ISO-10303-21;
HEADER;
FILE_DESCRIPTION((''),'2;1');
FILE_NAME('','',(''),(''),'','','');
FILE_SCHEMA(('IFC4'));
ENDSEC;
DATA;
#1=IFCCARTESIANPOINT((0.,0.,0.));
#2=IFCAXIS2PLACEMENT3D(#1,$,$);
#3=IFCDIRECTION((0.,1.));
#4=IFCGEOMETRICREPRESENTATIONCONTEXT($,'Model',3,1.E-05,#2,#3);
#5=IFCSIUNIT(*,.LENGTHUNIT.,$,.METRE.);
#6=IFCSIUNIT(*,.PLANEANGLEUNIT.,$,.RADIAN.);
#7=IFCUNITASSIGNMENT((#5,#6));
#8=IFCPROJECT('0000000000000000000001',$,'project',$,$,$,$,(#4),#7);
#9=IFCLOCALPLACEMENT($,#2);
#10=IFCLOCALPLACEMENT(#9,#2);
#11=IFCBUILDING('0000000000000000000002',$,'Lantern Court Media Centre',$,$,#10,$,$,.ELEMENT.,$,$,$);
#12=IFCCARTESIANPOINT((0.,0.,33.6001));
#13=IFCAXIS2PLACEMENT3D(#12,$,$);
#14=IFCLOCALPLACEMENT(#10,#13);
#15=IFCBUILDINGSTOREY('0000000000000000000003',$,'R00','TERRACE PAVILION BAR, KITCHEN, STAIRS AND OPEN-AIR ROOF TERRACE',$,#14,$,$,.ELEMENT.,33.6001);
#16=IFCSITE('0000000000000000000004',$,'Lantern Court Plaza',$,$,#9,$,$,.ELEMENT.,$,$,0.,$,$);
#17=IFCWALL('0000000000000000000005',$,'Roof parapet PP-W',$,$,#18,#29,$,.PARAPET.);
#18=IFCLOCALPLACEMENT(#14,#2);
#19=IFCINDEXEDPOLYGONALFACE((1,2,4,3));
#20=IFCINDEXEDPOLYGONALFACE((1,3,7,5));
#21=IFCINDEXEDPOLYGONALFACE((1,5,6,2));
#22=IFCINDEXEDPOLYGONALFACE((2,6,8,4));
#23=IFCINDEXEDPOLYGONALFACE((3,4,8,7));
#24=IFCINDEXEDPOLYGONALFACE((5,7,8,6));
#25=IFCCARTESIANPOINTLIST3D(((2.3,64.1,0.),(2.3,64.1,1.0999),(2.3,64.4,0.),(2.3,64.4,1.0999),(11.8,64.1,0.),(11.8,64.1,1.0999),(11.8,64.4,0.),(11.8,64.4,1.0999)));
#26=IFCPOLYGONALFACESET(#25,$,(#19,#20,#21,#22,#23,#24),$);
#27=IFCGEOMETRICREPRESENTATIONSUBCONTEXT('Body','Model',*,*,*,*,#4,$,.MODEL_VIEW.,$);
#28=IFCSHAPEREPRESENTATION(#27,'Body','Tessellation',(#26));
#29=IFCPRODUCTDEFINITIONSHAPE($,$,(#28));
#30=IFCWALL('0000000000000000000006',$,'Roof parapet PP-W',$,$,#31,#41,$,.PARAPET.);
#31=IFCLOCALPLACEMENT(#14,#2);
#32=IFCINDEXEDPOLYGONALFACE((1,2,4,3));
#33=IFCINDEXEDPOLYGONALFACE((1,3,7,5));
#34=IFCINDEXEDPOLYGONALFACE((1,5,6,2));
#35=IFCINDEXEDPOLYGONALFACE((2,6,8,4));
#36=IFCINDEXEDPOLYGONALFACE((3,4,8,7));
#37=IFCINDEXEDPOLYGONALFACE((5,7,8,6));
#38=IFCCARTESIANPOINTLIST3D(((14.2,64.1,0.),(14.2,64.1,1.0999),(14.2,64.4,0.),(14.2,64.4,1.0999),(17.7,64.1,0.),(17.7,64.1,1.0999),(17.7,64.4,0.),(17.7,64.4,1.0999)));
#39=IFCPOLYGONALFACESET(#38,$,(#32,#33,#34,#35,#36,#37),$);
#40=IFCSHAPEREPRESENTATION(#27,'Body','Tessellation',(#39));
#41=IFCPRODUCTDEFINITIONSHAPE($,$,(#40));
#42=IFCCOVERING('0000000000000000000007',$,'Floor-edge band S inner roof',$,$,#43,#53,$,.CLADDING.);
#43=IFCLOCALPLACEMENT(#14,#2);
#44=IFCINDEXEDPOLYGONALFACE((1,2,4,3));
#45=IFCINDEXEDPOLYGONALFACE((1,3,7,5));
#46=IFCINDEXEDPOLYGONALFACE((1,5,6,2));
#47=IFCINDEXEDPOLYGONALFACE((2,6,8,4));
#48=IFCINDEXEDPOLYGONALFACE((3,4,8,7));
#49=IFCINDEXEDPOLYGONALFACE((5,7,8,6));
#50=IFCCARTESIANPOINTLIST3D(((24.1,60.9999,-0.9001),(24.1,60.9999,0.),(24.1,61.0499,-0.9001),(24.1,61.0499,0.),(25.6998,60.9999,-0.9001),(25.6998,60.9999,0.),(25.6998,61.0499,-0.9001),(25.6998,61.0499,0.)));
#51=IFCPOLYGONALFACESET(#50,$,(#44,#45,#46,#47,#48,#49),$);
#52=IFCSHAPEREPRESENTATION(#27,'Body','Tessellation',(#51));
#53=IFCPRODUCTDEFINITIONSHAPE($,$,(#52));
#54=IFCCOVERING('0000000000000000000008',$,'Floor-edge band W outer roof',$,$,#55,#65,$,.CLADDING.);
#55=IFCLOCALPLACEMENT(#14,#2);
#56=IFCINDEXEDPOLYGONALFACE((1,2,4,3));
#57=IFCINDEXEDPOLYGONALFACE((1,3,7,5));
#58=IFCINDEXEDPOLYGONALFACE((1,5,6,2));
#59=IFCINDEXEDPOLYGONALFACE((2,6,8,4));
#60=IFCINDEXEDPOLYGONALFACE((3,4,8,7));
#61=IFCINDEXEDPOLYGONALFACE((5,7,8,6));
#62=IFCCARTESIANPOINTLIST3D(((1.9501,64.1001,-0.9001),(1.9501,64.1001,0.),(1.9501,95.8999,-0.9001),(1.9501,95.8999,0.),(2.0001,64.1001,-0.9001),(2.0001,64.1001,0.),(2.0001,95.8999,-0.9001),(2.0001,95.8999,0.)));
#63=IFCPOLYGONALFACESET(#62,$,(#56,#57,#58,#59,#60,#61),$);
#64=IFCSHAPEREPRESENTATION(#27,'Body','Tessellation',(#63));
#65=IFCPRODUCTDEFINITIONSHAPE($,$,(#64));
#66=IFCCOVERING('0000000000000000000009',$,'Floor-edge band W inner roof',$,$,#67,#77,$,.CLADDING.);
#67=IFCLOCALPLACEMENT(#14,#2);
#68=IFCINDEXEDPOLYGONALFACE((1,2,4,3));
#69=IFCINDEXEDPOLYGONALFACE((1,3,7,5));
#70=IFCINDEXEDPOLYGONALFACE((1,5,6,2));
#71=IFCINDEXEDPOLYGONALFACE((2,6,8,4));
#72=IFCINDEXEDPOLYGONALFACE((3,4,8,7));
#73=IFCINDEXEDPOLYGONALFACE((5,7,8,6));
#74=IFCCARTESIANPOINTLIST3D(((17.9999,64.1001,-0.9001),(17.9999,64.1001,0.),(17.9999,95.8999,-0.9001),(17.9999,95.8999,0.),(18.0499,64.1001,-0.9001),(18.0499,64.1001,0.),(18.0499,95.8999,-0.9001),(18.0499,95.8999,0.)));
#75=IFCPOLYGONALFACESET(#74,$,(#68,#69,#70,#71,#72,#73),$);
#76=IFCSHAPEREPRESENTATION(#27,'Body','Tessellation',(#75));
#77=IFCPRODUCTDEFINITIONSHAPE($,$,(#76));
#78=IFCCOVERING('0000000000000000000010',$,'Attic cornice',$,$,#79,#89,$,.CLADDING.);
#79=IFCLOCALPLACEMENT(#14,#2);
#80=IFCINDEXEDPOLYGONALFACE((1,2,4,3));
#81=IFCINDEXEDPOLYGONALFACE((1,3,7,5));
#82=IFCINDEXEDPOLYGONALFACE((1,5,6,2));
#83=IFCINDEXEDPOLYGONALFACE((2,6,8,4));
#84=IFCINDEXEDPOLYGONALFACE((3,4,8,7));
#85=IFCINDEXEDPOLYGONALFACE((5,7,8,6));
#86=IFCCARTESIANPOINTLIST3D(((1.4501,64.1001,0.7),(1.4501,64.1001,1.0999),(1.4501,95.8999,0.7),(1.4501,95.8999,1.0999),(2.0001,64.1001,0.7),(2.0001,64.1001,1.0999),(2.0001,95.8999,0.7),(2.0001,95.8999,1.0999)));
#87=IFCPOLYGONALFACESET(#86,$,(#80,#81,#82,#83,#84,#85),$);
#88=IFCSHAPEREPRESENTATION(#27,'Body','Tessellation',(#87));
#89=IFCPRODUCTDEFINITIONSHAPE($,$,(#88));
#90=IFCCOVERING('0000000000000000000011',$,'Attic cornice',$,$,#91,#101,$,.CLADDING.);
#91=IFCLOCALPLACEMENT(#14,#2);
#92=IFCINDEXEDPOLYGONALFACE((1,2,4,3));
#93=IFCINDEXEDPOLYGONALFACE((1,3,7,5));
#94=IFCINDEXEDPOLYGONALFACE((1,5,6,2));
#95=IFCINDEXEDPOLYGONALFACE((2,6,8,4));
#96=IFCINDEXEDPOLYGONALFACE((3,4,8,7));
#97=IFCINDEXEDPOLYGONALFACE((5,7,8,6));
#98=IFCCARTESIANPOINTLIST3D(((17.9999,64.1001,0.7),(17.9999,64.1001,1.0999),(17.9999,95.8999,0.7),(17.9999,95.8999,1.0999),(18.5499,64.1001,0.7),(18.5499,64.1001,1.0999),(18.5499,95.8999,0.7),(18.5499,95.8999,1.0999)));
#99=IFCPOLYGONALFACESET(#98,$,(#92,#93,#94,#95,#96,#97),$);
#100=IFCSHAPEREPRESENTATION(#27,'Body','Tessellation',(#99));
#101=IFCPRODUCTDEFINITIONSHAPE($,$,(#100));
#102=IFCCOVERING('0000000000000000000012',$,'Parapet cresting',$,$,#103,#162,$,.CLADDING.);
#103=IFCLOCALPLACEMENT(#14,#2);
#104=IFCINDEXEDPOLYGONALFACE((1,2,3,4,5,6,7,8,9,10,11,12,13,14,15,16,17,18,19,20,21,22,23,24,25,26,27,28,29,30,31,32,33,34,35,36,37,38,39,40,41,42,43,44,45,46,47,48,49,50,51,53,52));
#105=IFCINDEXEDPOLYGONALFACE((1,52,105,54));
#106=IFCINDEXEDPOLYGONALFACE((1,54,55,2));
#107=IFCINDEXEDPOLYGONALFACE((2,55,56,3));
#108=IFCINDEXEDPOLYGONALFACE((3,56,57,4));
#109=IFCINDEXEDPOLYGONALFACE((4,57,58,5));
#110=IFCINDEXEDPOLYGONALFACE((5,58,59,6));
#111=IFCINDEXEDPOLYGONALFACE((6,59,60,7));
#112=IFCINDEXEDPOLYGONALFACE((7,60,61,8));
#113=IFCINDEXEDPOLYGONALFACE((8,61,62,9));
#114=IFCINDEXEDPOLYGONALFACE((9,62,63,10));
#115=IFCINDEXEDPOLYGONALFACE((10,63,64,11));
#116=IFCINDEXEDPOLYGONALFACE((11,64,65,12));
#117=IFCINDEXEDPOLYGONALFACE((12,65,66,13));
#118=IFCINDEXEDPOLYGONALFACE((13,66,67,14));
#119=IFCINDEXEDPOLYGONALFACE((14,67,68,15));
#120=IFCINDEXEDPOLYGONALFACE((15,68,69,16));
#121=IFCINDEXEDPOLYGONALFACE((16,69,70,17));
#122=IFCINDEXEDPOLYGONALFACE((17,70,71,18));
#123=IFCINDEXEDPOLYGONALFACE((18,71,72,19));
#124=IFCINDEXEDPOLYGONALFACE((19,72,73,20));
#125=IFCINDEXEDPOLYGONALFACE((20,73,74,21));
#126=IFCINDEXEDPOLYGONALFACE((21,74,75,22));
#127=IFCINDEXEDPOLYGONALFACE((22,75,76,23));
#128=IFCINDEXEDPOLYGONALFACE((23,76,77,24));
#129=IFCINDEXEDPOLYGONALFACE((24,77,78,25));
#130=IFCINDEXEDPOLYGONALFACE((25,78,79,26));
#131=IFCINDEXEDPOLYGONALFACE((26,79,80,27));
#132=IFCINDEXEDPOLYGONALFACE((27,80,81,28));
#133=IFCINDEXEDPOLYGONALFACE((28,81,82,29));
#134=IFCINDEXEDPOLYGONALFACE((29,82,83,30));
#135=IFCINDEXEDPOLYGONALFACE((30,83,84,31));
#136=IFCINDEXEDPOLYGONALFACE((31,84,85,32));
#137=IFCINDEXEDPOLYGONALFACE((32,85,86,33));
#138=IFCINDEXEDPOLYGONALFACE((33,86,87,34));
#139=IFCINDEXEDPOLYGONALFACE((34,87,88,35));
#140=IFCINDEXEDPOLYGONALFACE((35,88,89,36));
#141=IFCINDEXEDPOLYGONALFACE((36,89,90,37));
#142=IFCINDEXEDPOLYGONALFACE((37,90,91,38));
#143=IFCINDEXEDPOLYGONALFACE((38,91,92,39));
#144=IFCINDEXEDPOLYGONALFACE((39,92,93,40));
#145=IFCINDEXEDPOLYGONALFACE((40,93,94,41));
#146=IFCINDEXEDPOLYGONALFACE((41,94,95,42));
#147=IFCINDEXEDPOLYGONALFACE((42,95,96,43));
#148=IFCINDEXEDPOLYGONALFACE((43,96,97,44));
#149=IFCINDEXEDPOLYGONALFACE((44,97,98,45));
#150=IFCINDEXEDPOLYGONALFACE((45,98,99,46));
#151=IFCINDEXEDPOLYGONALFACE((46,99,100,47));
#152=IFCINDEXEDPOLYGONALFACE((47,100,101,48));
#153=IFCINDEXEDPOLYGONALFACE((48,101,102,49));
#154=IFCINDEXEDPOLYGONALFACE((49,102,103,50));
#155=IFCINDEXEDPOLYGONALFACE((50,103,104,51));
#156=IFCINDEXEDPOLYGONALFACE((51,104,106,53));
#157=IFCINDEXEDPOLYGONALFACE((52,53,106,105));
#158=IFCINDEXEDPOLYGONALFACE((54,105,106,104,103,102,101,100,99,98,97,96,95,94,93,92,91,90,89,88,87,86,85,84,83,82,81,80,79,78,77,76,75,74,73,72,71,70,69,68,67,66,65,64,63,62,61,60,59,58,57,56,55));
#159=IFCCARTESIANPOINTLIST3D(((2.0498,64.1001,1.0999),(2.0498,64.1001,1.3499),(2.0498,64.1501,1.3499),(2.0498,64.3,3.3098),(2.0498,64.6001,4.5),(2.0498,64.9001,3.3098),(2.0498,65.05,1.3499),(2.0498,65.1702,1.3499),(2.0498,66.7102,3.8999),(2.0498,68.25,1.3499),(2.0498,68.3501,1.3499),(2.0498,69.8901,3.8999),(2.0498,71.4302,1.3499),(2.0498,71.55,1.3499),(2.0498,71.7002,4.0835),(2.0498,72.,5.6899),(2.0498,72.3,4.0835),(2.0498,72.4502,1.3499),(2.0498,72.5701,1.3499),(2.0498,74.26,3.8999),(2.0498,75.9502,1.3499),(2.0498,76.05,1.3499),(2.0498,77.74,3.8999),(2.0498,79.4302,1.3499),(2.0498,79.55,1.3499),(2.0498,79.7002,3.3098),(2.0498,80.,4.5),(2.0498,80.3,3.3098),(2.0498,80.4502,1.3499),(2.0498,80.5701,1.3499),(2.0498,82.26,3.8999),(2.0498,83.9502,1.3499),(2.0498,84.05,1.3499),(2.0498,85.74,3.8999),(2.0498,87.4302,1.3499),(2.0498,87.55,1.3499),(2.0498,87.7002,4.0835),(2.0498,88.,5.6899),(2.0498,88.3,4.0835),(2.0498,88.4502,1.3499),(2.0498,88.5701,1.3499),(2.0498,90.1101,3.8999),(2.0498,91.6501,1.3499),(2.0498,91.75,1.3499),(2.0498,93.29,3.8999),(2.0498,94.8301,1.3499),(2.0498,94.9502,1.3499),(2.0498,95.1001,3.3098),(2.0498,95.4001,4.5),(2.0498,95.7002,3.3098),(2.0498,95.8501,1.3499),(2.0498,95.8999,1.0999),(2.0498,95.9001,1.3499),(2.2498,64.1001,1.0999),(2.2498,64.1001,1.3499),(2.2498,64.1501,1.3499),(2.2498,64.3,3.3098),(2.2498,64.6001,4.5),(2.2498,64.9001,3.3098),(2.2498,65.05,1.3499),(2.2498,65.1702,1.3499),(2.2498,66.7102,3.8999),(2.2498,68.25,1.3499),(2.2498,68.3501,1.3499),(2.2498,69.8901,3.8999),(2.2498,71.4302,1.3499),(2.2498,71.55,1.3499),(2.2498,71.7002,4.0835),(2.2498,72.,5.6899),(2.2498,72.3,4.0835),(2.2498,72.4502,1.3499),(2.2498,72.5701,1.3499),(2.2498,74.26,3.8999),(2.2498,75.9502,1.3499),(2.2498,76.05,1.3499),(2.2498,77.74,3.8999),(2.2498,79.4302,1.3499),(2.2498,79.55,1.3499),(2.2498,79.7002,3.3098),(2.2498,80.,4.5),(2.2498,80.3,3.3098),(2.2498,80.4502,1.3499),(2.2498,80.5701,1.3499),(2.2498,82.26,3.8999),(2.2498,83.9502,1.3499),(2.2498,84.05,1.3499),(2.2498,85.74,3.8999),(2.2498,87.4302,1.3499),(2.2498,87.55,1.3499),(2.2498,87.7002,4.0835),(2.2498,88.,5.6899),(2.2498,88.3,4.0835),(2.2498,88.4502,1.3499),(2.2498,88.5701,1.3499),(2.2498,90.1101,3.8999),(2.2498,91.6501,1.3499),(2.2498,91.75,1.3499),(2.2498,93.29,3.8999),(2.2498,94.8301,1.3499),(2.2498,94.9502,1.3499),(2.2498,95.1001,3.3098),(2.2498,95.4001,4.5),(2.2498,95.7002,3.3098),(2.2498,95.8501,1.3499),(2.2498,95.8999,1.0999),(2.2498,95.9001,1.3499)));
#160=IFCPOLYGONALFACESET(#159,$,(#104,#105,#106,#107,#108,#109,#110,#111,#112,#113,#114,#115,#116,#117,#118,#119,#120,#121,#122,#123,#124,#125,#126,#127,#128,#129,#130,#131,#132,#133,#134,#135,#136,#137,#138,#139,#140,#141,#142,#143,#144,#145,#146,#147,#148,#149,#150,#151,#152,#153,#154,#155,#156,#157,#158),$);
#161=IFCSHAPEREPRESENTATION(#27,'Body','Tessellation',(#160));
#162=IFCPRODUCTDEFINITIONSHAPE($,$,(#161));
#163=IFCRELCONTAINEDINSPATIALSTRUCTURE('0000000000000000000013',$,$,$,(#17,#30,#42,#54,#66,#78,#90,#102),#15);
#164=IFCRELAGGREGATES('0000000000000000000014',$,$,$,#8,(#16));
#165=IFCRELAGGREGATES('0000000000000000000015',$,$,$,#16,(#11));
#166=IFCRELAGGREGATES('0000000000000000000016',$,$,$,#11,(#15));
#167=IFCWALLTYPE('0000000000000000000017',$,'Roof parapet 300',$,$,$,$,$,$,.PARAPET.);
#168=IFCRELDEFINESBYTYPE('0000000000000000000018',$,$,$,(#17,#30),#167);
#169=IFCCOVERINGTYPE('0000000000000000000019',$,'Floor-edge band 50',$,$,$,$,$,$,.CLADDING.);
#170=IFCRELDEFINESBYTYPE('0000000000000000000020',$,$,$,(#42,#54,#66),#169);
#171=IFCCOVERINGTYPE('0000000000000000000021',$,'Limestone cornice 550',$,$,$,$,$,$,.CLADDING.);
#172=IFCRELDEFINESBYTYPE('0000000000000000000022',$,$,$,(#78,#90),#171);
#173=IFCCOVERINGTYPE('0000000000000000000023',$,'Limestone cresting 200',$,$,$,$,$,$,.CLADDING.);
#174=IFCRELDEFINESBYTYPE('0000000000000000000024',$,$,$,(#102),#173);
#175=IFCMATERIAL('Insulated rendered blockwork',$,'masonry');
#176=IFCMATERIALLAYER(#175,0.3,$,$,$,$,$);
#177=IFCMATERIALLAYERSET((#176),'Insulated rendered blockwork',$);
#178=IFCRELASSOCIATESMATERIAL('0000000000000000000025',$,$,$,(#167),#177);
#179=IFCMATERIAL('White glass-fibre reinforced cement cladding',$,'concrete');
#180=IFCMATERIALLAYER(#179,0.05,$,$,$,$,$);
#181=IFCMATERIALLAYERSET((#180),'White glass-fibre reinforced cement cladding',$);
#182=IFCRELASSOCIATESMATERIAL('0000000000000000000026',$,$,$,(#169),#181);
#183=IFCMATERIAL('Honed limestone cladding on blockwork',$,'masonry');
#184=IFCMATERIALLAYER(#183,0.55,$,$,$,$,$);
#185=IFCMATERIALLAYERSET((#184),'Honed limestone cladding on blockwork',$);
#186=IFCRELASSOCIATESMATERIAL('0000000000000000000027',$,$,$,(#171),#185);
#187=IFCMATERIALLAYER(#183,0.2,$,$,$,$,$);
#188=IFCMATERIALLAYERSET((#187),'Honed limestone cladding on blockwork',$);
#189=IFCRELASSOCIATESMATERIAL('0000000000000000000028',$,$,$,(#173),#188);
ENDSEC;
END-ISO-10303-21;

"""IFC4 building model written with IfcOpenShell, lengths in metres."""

from ifc_helpers import new_model, si_unit, direction, frame, frame_2d, origin, place, context, subcontext, project, spatial, polyline, rectangle, outline, extrude, material, layer, layer_set, type_object, element, save


model = new_model("IFC4")

# Units and contexts
model_context = context("Model", 3, precision=1e-05, world=origin(), true_north=direction((0.0, 1.0)))
body_context = subcontext(model_context, "Body", "Model", "MODEL_VIEW")
ifc_project = project(units=[si_unit("LENGTHUNIT", "METRE"), si_unit("PLANEANGLEUNIT", "RADIAN")], contexts=[model_context])

# Site, building, storey
site_placement = place(None, origin())
site = spatial("IfcSite", under=ifc_project, at=site_placement, Name="Lantern Court Plaza", CompositionType="ELEMENT", RefElevation=0.0)
building_placement = place(site_placement, origin())
building = spatial("IfcBuilding", under=site, at=building_placement, Name="Lantern Court Media Centre", CompositionType="ELEMENT")
storey_placement = place(building_placement, frame((0.0, 0.0, 33.6001)))
storey = spatial("IfcBuildingStorey", under=building, at=storey_placement, Name="R00", Description="TERRACE PAVILION BAR, KITCHEN, STAIRS AND OPEN-AIR ROOF TERRACE", CompositionType="ELEMENT", Elevation=33.6001)

# Walls
ifc_material_1 = material(Name="Honed limestone cladding on blockwork", Category="masonry")
ifc_material_2 = material(Name="Insulated rendered blockwork", Category="masonry")
ifc_layer_1 = layer(ifc_material_2, 0.3)
ifc_layer_set_1 = layer_set([ifc_layer_1], Name="Insulated rendered blockwork")
wall_type_1 = type_object("IfcWallType", Name="Roof parapet 300", PredefinedType="PARAPET", material=ifc_layer_set_1)
wall_1_placement = place(storey_placement, frame((2.3, 64.25, 0.0), z_axis=(0.0, 0.0, 1.0), x_axis=(1.0, 0.0, 0.0)))
element("IfcWall", 1, at=wall_1_placement, inside=storey, type_object=wall_type_1, Name="Roof parapet PP-W", PredefinedType="PARAPET", context=body_context, shape_type="SweptSolid", body=[
    extrude(rectangle(XDim=9.5, YDim=0.3, at=frame_2d((4.75, 0.0))), origin(), (0.0, 0.0, 1.0), 1.0999),
])
wall_2_placement = place(storey_placement, frame((14.2, 64.25, 0.0), z_axis=(0.0, 0.0, 1.0), x_axis=(1.0, 0.0, 0.0)))
element("IfcWall", 2, at=wall_2_placement, inside=storey, type_object=wall_type_1, Name="Roof parapet PP-W", PredefinedType="PARAPET", context=body_context, shape_type="SweptSolid", body=[
    extrude(rectangle(XDim=3.5, YDim=0.3, at=frame_2d((1.75, 0.0))), origin(), (0.0, 0.0, 1.0), 1.0999),
])

# Coverings
ifc_material_3 = material(Name="White glass-fibre reinforced cement cladding", Category="concrete")
ifc_layer_2 = layer(ifc_material_3, 0.05)
ifc_layer_set_2 = layer_set([ifc_layer_2], Name="White glass-fibre reinforced cement cladding")
covering_type_1 = type_object("IfcCoveringType", Name="Floor-edge band 50", PredefinedType="CLADDING", material=ifc_layer_set_2)
covering_1_placement = place(storey_placement, frame((24.1001, 61.0249, -0.9001), z_axis=(0.0, 0.0, 1.0), x_axis=(1.0, 0.0, 0.0)))
element("IfcCovering", 3, at=covering_1_placement, inside=storey, type_object=covering_type_1, Name="Floor-edge band S inner roof", PredefinedType="CLADDING", context=body_context, shape_type="SweptSolid", body=[
    extrude(rectangle(XDim=1.5999, YDim=0.05, at=frame_2d((0.7998, 0.0))), origin(), (0.0, 0.0, 1.0), 0.9001),
])
for number, where, z_axis, x_axis, name in (
    (4, (1.9751, 64.1001, -0.9001), (0.0, 0.0, 1.0), (0.0, 1.0, 0.0), "Floor-edge band W outer roof"),
    (5, (18.0249, 64.1001, -0.9001), (0.0, 0.0, 1.0), (0.0, 1.0, 0.0), "Floor-edge band W inner roof"),
):
    element("IfcCovering", number, at=place(storey_placement, frame(where, z_axis=z_axis, x_axis=x_axis)), inside=storey, type_object=covering_type_1, Name=name, PredefinedType="CLADDING", context=body_context, shape_type="SweptSolid", body=[
        extrude(rectangle(XDim=31.7998, YDim=0.05, at=frame_2d((15.8999, 0.0))), origin(), (0.0, 0.0, 1.0), 0.9001),
    ])
ifc_layer_3 = layer(ifc_material_1, 0.55)
ifc_layer_set_3 = layer_set([ifc_layer_3], Name="Honed limestone cladding on blockwork")
covering_type_2 = type_object("IfcCoveringType", Name="Limestone cornice 550", PredefinedType="CLADDING", material=ifc_layer_set_3)
for number, where, z_axis, x_axis, name in (
    (6, (1.7251, 64.1001, 0.7), (0.0, 0.0, 1.0), (0.0, 1.0, 0.0), "Attic cornice"),
    (7, (18.2749, 64.1001, 0.7), (0.0, 0.0, 1.0), (0.0, 1.0, 0.0), "Attic cornice"),
):
    element("IfcCovering", number, at=place(storey_placement, frame(where, z_axis=z_axis, x_axis=x_axis)), inside=storey, type_object=covering_type_2, Name=name, PredefinedType="CLADDING", context=body_context, shape_type="SweptSolid", body=[
        extrude(rectangle(XDim=31.7998, YDim=0.55, at=frame_2d((15.8999, 0.0))), origin(), (0.0, 0.0, 1.0), 0.3999),
    ])
ifc_layer_4 = layer(ifc_material_1, 0.2)
ifc_layer_set_4 = layer_set([ifc_layer_4], Name="Honed limestone cladding on blockwork")
covering_type_3 = type_object("IfcCoveringType", Name="Limestone cresting 200", PredefinedType="CLADDING", material=ifc_layer_set_4)
for number, where, z_axis, x_axis, name in (
    (8, (2.1499, 64.1001, 1.0999), (0.0, 0.0, 1.0), (0.0, 1.0, 0.0), "Parapet cresting"),
):
    element("IfcCovering", number, at=place(storey_placement, frame(where, z_axis=z_axis, x_axis=x_axis)), inside=storey, type_object=covering_type_3, Name=name, PredefinedType="CLADDING", context=body_context, shape_type="SweptSolid", body=[
        extrude(outline(polyline([(0.0, 0.0), (31.7998, 0.0), (31.8, 0.25), (31.75, 0.25), (31.6001, 2.21), (31.3, 3.4001), (31.0, 2.21), (30.8501, 0.25), (30.73, 0.25), (29.1899, 2.8), (27.6499, 0.25), (27.55, 0.25), (26.01, 2.8), (24.47, 0.25), (24.3501, 0.25), (24.2, 2.9836), (23.8999, 4.5901), (23.6001, 2.9836), (23.45, 0.25), (23.3301, 0.25), (21.6399, 2.8), (19.95, 0.25), (19.8501, 0.25), (18.1599, 2.8), (16.47, 0.25), (16.3501, 0.25), (16.2, 2.21), (15.8999, 3.4001), (15.6001, 2.21), (15.45, 0.25), (15.3301, 0.25), (13.6399, 2.8), (11.95, 0.25), (11.8501, 0.25), (10.1599, 2.8), (8.47, 0.25), (8.3501, 0.25), (8.2, 2.9836), (7.8999, 4.5901), (7.6001, 2.9836), (7.45, 0.25), (7.3301, 0.25), (5.79, 2.8), (4.25, 0.25), (4.1499, 0.25), (2.6101, 2.8), (1.0701, 0.25), (0.95, 0.25), (0.8, 2.21), (0.5, 3.4001), (0.2, 2.21), (0.05, 0.25), (0.0, 0.25), (0.0, 0.0)])), frame((0.0, 0.1001, 0.0), z_axis=(0.0, -1.0, 0.0), x_axis=(1.0, 0.0, 0.0)), (0.0, 0.0, 1.0), 0.2),
    ])

save(model, "model.ifc")
